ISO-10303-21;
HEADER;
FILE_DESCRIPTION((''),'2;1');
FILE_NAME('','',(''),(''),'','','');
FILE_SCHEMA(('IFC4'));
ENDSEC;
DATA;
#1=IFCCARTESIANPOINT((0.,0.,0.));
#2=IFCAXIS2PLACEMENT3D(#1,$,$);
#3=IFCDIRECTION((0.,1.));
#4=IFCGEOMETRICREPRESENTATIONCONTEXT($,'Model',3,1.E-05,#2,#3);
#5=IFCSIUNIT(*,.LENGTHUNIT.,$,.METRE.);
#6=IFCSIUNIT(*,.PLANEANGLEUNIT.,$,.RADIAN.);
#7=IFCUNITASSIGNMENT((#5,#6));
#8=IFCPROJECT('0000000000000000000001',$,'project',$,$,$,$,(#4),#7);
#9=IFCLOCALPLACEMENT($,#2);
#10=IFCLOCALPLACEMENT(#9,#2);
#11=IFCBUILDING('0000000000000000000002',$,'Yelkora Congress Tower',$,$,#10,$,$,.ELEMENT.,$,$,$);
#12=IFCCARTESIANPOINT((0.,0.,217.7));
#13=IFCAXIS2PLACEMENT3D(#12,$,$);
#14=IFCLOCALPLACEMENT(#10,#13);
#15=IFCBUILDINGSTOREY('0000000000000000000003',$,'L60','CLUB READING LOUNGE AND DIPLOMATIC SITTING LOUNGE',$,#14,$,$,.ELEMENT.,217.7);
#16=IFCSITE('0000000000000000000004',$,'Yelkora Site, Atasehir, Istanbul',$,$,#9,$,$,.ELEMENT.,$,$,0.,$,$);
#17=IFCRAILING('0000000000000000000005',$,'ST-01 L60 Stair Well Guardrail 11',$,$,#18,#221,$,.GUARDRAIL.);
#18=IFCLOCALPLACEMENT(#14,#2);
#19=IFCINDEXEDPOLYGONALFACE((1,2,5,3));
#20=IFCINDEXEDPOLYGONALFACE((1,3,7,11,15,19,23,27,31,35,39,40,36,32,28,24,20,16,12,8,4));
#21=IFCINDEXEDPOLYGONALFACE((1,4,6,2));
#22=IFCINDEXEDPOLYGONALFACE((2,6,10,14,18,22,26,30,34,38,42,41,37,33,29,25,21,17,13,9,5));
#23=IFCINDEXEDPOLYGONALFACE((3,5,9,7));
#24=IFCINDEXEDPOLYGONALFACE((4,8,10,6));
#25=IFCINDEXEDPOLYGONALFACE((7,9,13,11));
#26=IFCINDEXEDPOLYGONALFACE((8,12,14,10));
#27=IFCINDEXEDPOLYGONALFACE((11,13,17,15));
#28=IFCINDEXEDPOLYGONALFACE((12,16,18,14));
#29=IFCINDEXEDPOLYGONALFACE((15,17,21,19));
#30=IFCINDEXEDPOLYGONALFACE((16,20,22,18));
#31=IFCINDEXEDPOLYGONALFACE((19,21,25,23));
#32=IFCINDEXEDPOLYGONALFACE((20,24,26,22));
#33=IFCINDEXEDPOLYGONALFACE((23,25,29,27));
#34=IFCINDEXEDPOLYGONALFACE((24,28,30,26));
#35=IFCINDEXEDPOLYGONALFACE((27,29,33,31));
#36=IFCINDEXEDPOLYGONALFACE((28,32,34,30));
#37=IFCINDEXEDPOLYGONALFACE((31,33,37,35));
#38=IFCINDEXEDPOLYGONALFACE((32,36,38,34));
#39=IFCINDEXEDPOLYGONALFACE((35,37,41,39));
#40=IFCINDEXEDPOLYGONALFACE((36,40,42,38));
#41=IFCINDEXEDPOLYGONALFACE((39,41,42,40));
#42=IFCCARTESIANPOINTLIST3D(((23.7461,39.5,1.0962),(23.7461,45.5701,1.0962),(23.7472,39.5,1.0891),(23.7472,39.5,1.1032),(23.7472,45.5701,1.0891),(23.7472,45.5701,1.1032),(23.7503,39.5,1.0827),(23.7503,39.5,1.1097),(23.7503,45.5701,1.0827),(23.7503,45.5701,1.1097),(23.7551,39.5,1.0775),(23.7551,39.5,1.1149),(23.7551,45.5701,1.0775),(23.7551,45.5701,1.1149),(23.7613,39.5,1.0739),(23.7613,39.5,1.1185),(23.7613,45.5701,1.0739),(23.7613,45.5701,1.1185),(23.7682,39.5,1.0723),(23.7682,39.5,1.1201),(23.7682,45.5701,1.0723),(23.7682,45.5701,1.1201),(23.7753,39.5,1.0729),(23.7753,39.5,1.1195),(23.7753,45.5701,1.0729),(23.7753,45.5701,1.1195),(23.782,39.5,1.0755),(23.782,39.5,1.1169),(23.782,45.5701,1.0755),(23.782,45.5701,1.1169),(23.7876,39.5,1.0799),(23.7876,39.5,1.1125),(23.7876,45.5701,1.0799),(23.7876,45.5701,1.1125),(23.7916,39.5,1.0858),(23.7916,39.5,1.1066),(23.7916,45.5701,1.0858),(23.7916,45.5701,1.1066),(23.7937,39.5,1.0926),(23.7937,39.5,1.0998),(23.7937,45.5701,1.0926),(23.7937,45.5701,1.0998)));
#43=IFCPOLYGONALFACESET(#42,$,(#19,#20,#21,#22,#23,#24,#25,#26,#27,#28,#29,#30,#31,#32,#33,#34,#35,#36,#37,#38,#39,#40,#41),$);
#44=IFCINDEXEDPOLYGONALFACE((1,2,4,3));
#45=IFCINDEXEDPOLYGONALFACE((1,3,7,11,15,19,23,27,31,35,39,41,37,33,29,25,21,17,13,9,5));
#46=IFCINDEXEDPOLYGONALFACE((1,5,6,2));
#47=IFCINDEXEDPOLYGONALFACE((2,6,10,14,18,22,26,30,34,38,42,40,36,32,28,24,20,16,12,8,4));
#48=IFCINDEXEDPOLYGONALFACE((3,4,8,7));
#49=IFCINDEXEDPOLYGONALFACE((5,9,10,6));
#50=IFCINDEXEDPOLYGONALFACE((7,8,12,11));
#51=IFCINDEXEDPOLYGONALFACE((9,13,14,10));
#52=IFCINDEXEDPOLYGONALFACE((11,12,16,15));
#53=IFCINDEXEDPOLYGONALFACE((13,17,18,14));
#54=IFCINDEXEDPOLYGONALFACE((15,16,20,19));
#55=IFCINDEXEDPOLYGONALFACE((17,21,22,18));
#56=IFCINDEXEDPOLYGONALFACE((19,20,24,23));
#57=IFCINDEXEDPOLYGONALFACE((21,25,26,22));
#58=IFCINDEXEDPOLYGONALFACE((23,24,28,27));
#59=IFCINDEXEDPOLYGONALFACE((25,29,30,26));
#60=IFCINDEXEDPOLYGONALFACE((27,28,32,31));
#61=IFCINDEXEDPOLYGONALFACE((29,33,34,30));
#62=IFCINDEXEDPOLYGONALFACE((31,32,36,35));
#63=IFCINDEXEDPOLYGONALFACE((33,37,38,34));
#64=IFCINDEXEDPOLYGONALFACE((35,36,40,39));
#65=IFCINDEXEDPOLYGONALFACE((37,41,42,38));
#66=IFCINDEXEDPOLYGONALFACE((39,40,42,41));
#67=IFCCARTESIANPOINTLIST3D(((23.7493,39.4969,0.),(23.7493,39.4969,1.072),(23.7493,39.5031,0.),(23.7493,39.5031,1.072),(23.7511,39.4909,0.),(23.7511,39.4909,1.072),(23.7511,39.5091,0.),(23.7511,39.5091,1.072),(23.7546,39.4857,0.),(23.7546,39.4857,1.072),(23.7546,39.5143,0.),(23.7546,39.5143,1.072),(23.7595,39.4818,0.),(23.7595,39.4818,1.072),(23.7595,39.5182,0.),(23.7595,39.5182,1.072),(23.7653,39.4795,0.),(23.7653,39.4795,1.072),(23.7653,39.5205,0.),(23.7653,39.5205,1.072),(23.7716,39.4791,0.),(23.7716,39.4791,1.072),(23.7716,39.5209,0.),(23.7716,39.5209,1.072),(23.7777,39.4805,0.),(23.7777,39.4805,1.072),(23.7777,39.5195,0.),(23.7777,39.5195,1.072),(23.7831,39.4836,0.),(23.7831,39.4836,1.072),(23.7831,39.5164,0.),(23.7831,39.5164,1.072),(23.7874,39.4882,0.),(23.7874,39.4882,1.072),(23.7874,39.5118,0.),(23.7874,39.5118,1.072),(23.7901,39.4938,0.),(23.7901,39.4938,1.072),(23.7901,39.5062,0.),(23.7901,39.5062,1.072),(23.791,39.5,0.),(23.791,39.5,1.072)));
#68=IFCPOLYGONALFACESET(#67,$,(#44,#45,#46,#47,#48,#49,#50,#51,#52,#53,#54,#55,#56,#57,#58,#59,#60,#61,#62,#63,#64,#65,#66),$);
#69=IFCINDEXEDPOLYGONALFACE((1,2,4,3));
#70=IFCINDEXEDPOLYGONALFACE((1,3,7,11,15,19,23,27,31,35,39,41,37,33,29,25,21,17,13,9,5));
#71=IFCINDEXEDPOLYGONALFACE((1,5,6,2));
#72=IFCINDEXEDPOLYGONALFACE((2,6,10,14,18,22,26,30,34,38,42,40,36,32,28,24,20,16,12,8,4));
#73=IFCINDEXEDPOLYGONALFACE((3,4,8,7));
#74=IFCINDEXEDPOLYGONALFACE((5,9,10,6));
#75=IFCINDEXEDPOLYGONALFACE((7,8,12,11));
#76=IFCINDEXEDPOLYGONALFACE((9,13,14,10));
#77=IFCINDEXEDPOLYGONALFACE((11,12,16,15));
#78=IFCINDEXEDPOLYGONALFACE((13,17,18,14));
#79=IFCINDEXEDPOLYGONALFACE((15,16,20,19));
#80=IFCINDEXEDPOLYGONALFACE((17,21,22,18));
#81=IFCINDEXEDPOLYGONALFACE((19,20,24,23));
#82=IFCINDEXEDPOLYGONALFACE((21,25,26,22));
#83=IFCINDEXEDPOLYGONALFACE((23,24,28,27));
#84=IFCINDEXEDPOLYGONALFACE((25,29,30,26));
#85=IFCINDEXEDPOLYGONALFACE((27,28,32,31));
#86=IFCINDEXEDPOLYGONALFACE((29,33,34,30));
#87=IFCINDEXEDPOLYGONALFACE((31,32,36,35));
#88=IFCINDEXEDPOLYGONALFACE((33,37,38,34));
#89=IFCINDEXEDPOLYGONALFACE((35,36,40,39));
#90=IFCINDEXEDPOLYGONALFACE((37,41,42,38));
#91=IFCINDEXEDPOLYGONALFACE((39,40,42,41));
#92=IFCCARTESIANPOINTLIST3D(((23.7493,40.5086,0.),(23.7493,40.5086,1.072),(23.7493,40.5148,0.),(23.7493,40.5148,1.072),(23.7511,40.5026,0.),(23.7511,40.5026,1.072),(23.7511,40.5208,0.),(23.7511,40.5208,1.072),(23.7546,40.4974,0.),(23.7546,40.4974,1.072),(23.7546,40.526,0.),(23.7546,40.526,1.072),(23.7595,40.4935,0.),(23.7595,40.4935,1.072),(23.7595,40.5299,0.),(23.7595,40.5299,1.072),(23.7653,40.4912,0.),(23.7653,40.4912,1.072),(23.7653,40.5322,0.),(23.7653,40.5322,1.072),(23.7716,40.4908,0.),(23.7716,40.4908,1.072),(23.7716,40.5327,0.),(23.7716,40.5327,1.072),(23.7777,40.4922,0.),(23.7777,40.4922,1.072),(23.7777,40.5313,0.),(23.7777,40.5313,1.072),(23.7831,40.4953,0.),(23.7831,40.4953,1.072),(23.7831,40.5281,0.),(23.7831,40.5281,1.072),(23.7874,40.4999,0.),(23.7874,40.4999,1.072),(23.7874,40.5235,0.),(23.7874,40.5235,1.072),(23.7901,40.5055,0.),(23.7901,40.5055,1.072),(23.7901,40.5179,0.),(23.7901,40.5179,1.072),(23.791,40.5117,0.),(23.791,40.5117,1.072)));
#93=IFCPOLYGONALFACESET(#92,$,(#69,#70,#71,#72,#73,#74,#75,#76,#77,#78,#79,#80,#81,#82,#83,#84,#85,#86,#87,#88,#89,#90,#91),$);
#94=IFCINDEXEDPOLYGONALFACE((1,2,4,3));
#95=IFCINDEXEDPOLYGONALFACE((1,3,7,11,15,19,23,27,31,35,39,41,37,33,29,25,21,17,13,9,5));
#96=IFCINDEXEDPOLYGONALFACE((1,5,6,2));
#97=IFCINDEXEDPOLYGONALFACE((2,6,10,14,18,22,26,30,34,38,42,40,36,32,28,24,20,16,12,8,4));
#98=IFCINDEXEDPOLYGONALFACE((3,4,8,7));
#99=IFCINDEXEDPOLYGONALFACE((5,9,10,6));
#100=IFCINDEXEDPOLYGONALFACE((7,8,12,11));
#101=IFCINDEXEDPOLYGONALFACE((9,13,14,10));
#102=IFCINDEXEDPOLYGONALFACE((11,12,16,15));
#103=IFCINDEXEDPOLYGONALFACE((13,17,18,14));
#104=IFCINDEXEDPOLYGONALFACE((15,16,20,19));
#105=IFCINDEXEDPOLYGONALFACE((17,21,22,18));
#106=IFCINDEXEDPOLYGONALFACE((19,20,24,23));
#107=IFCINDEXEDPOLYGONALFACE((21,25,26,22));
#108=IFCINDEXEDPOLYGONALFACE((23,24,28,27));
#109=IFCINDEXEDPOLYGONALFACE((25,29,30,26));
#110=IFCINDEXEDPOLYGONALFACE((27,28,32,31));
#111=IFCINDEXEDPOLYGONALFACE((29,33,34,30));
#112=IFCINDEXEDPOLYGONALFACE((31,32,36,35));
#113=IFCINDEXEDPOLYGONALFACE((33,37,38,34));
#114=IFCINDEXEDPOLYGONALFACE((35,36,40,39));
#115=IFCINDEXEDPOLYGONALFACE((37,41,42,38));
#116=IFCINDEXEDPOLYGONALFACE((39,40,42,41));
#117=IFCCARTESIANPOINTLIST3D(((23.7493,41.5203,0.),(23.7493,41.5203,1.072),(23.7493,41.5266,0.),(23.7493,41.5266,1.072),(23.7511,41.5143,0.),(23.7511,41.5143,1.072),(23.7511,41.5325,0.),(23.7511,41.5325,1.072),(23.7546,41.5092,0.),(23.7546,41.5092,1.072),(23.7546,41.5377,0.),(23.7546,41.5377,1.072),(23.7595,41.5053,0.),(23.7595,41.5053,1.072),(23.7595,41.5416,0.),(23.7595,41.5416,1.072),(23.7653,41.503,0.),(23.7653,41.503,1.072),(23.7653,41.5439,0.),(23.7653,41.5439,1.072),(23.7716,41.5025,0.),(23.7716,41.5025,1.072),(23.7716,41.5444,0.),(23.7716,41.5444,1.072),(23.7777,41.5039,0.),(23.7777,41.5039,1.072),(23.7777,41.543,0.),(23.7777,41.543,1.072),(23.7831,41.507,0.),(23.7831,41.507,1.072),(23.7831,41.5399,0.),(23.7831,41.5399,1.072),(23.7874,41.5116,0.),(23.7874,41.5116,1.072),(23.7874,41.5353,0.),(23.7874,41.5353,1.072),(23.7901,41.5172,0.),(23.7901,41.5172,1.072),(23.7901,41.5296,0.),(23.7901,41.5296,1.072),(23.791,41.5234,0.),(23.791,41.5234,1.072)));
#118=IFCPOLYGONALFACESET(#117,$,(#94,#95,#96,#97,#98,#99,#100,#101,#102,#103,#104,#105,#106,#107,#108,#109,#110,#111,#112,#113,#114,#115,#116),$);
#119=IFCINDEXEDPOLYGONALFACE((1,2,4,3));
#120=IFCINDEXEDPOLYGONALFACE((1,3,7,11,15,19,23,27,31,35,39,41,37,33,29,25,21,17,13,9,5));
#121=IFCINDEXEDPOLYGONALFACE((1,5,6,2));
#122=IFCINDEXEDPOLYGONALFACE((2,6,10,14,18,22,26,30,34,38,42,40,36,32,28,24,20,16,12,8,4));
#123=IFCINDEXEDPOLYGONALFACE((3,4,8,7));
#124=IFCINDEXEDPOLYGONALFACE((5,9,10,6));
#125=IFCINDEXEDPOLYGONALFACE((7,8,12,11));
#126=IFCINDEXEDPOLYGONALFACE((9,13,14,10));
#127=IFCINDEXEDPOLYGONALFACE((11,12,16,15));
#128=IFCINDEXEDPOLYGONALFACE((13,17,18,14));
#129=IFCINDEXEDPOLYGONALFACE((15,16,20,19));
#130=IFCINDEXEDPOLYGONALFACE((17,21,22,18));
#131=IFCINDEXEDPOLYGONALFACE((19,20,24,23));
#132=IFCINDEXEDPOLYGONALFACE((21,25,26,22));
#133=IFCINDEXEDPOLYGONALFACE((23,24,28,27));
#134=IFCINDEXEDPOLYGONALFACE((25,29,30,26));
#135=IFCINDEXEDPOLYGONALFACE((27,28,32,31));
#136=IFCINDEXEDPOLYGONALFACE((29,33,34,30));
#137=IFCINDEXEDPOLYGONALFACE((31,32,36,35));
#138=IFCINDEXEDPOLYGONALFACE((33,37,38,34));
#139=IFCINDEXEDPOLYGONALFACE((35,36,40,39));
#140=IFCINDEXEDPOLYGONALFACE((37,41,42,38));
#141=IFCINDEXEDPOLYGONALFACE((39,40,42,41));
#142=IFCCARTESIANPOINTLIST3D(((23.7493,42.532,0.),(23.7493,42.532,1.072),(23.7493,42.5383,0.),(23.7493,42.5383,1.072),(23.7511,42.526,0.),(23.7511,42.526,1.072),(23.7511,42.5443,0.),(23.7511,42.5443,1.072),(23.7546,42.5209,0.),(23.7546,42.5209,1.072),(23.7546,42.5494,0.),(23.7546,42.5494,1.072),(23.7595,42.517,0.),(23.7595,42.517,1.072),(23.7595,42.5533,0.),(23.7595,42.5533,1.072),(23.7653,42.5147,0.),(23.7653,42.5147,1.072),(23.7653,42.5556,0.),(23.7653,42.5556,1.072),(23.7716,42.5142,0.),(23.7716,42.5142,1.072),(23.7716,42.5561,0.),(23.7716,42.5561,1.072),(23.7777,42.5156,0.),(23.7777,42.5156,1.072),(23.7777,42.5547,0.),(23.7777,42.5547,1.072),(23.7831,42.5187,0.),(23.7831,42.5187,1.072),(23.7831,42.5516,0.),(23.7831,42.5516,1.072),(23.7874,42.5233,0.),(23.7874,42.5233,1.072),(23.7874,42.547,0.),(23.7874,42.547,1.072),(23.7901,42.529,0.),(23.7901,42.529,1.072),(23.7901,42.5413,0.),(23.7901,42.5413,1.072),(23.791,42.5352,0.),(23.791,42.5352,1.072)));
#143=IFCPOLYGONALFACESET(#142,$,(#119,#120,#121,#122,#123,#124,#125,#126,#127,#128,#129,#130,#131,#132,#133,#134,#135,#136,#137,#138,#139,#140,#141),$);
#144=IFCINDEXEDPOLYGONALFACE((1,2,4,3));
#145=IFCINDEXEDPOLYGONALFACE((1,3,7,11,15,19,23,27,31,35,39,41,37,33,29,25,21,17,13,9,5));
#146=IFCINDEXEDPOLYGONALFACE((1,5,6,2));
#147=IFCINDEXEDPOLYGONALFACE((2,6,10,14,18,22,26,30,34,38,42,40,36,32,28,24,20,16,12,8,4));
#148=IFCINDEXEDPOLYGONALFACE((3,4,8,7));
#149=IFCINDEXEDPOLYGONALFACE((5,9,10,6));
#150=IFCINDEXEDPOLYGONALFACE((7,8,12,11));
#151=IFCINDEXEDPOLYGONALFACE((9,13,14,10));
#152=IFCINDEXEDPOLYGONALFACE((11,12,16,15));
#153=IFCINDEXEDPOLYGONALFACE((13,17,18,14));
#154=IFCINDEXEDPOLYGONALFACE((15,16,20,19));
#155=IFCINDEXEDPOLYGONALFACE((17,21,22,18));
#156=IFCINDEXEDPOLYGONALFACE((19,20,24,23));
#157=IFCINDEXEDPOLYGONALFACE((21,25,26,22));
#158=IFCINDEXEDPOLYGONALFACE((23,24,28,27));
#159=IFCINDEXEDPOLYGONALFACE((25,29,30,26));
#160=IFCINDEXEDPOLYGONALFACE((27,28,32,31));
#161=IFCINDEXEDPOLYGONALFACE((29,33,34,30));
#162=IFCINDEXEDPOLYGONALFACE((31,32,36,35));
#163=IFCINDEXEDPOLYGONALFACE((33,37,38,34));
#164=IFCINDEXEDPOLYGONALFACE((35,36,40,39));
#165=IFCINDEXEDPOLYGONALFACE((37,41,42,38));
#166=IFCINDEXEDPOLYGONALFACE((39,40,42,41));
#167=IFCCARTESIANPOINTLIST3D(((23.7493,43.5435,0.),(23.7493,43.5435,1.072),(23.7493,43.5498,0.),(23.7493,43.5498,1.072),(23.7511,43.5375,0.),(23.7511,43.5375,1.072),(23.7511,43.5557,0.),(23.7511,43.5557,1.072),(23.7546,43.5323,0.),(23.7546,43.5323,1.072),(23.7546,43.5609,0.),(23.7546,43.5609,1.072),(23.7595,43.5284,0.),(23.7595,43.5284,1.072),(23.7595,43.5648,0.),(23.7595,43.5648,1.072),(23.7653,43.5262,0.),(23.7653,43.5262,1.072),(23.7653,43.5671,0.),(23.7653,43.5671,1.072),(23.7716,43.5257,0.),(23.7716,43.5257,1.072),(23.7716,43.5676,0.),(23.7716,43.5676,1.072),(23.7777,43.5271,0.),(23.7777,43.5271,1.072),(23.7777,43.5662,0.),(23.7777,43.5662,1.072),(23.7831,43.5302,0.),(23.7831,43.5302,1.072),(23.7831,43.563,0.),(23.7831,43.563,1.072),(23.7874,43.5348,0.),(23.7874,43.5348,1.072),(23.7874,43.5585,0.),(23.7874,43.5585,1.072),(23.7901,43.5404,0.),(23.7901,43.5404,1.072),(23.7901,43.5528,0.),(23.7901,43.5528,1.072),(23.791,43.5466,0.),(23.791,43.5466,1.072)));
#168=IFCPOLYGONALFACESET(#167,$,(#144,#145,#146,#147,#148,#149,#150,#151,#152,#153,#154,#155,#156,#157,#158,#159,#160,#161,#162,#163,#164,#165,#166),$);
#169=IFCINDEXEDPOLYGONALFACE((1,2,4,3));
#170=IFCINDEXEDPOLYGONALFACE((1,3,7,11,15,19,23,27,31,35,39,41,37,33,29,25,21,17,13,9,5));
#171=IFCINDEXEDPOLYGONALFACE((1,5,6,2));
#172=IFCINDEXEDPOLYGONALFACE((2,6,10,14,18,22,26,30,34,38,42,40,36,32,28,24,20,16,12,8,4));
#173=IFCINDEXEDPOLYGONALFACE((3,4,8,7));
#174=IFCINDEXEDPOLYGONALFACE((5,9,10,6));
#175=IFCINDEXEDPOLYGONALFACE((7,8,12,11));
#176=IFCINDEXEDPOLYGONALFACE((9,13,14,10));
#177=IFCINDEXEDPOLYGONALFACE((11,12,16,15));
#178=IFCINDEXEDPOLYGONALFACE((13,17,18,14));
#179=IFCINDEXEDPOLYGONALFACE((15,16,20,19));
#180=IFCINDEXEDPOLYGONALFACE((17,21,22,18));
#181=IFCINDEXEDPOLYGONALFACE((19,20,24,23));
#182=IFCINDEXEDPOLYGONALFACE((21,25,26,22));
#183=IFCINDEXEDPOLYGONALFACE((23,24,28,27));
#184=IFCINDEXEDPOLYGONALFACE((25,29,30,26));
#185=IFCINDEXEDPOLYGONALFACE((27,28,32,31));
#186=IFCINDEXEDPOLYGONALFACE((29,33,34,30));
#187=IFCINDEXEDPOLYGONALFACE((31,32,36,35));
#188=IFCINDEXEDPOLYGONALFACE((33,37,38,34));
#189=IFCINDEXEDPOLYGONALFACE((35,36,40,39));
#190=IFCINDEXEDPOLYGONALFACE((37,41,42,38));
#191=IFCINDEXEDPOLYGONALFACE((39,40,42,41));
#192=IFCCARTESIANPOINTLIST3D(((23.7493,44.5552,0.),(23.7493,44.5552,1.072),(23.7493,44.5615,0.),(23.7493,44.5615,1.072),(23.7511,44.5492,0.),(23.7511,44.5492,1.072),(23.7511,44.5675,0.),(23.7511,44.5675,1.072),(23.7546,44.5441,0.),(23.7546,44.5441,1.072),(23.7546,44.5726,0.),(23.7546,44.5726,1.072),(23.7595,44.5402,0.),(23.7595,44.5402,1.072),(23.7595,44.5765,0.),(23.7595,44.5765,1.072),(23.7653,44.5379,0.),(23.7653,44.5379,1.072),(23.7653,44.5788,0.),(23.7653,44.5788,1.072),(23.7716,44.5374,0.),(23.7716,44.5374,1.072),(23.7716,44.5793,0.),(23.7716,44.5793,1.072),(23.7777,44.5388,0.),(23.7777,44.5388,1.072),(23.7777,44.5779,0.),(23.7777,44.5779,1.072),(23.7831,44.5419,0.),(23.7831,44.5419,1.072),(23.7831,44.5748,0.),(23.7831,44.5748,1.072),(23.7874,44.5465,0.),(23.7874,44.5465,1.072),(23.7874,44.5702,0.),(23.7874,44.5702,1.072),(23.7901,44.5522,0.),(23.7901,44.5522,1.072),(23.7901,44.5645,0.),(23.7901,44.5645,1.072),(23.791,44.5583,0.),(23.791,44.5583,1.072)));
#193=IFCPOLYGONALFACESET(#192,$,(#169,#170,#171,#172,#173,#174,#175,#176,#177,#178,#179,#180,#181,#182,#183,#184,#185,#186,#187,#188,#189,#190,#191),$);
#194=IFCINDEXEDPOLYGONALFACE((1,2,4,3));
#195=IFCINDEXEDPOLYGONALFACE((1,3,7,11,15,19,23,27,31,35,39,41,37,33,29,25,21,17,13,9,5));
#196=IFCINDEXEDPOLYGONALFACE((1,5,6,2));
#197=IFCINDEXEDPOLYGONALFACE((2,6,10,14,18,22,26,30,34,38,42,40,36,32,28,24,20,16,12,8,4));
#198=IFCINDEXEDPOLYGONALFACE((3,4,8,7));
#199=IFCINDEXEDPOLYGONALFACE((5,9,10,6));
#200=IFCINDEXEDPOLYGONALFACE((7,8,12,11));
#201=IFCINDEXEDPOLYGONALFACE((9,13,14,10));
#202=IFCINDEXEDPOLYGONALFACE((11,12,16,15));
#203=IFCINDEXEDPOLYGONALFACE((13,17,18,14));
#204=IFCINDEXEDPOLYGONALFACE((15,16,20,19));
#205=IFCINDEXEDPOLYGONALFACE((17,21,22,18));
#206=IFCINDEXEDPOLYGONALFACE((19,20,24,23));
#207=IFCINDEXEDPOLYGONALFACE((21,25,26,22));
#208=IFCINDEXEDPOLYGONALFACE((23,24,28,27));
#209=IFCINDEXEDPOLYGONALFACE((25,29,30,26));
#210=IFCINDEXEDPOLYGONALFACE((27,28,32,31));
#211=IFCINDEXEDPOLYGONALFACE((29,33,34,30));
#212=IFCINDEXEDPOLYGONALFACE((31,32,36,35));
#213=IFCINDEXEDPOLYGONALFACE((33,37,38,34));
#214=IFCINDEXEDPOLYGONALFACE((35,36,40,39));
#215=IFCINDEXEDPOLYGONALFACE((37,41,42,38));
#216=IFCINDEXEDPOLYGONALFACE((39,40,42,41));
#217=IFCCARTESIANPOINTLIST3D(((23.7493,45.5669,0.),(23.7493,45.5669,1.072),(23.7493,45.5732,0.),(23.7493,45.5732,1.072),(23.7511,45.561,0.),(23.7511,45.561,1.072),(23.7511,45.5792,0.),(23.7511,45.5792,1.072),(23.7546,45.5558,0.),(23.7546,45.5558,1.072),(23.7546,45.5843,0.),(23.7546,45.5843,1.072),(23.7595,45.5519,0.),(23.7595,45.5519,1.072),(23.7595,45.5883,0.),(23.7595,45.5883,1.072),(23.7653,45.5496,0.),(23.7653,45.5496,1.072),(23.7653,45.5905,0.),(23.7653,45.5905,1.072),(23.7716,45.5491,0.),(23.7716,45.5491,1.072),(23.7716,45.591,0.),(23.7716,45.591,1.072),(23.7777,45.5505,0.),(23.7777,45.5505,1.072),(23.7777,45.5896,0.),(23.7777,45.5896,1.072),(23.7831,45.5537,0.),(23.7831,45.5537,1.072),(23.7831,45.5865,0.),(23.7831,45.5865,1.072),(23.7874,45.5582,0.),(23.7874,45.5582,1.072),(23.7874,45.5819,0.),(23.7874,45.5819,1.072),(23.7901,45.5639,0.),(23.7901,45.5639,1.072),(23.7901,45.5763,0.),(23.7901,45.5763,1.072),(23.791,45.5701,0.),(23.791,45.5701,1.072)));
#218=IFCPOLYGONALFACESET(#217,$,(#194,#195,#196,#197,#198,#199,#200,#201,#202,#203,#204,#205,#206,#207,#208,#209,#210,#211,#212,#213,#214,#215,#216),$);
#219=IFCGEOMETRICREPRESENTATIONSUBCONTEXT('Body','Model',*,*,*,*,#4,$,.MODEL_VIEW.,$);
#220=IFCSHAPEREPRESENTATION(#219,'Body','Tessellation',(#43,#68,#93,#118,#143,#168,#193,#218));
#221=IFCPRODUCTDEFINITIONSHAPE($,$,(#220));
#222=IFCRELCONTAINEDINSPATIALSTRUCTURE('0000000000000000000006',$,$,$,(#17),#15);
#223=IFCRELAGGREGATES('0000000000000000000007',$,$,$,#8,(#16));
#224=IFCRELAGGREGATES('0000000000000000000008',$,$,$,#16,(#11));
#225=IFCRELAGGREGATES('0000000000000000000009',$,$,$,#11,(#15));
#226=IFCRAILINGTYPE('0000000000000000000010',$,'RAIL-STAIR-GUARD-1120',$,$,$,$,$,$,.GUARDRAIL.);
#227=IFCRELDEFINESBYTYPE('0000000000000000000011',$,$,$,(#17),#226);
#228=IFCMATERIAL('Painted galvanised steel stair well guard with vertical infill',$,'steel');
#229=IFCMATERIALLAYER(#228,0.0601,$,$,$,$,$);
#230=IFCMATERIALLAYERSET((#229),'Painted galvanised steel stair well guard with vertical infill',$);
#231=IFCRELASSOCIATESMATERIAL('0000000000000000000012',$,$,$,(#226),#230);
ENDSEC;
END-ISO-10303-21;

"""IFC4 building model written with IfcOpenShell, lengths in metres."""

from ifc_helpers import new_model, si_unit, direction, frame, origin, origin_2d, place, context, subcontext, project, spatial, circle, extrude, material, layer, layer_set, type_object, element, save


model = new_model("IFC4")

# Units and contexts
model_context = context("Model", 3, precision=1e-05, world=origin(), true_north=direction((0.0, 1.0)))
body_context = subcontext(model_context, "Body", "Model", "MODEL_VIEW")
ifc_project = project(units=[si_unit("LENGTHUNIT", "METRE"), si_unit("PLANEANGLEUNIT", "RADIAN")], contexts=[model_context])

# Site, building, storey
site_placement = place(None, origin())
site = spatial("IfcSite", under=ifc_project, at=site_placement, Name="Yelkora Site, Atasehir, Istanbul", CompositionType="ELEMENT", RefElevation=0.0)
building_placement = place(site_placement, origin())
building = spatial("IfcBuilding", under=site, at=building_placement, Name="Yelkora Congress Tower", CompositionType="ELEMENT")
storey_placement = place(building_placement, frame((0.0, 0.0, 217.7)))
storey = spatial("IfcBuildingStorey", under=building, at=storey_placement, Name="L60", Description="CLUB READING LOUNGE AND DIPLOMATIC SITTING LOUNGE", CompositionType="ELEMENT", Elevation=217.7)

# Railing
ifc_material_1 = material(Name="Painted galvanised steel stair well guard with vertical infill", Category="steel")
ifc_layer_1 = layer(ifc_material_1, 0.0601)
ifc_layer_set_1 = layer_set([ifc_layer_1], Name="Painted galvanised steel stair well guard with vertical infill")
railing_type_1 = type_object("IfcRailingType", Name="RAIL-STAIR-GUARD-1120", PredefinedType="GUARDRAIL", material=ifc_layer_set_1)
railing_1_placement = place(storey_placement, frame((23.77, 39.5, 0.0)))
element("IfcRailing", 1, at=railing_1_placement, inside=storey, type_object=railing_type_1, Name="ST-01 L60 Stair Well Guardrail 11", PredefinedType="GUARDRAIL", context=body_context, shape_type="SweptSolid", body=[
    extrude(circle(Radius=0.0239, at=origin_2d()), frame((0.0, 0.0, 1.0962), z_axis=(0.0, 1.0, 0.0), x_axis=(-1.0, 0.0, 0.0)), (0.0, 0.0, 1.0), 6.0701),
    extrude(circle(Radius=0.021, at=origin_2d()), origin(), (0.0, 0.0, 1.0), 1.072),
    extrude(circle(Radius=0.021, at=origin_2d()), frame((0.0, 1.0117, 0.0)), (0.0, 0.0, 1.0), 1.072),
    extrude(circle(Radius=0.021, at=origin_2d()), frame((0.0, 2.0234, 0.0)), (0.0, 0.0, 1.0), 1.072),
    extrude(circle(Radius=0.021, at=origin_2d()), frame((0.0, 3.0352, 0.0)), (0.0, 0.0, 1.0), 1.072),
    extrude(circle(Radius=0.021, at=origin_2d()), frame((0.0, 4.0466, 0.0)), (0.0, 0.0, 1.0), 1.072),
    extrude(circle(Radius=0.021, at=origin_2d()), frame((0.0, 5.0583, 0.0)), (0.0, 0.0, 1.0), 1.072),
    extrude(circle(Radius=0.021, at=origin_2d()), frame((0.0, 6.0701, 0.0)), (0.0, 0.0, 1.0), 1.072),
])

save(model, "model.ifc")
